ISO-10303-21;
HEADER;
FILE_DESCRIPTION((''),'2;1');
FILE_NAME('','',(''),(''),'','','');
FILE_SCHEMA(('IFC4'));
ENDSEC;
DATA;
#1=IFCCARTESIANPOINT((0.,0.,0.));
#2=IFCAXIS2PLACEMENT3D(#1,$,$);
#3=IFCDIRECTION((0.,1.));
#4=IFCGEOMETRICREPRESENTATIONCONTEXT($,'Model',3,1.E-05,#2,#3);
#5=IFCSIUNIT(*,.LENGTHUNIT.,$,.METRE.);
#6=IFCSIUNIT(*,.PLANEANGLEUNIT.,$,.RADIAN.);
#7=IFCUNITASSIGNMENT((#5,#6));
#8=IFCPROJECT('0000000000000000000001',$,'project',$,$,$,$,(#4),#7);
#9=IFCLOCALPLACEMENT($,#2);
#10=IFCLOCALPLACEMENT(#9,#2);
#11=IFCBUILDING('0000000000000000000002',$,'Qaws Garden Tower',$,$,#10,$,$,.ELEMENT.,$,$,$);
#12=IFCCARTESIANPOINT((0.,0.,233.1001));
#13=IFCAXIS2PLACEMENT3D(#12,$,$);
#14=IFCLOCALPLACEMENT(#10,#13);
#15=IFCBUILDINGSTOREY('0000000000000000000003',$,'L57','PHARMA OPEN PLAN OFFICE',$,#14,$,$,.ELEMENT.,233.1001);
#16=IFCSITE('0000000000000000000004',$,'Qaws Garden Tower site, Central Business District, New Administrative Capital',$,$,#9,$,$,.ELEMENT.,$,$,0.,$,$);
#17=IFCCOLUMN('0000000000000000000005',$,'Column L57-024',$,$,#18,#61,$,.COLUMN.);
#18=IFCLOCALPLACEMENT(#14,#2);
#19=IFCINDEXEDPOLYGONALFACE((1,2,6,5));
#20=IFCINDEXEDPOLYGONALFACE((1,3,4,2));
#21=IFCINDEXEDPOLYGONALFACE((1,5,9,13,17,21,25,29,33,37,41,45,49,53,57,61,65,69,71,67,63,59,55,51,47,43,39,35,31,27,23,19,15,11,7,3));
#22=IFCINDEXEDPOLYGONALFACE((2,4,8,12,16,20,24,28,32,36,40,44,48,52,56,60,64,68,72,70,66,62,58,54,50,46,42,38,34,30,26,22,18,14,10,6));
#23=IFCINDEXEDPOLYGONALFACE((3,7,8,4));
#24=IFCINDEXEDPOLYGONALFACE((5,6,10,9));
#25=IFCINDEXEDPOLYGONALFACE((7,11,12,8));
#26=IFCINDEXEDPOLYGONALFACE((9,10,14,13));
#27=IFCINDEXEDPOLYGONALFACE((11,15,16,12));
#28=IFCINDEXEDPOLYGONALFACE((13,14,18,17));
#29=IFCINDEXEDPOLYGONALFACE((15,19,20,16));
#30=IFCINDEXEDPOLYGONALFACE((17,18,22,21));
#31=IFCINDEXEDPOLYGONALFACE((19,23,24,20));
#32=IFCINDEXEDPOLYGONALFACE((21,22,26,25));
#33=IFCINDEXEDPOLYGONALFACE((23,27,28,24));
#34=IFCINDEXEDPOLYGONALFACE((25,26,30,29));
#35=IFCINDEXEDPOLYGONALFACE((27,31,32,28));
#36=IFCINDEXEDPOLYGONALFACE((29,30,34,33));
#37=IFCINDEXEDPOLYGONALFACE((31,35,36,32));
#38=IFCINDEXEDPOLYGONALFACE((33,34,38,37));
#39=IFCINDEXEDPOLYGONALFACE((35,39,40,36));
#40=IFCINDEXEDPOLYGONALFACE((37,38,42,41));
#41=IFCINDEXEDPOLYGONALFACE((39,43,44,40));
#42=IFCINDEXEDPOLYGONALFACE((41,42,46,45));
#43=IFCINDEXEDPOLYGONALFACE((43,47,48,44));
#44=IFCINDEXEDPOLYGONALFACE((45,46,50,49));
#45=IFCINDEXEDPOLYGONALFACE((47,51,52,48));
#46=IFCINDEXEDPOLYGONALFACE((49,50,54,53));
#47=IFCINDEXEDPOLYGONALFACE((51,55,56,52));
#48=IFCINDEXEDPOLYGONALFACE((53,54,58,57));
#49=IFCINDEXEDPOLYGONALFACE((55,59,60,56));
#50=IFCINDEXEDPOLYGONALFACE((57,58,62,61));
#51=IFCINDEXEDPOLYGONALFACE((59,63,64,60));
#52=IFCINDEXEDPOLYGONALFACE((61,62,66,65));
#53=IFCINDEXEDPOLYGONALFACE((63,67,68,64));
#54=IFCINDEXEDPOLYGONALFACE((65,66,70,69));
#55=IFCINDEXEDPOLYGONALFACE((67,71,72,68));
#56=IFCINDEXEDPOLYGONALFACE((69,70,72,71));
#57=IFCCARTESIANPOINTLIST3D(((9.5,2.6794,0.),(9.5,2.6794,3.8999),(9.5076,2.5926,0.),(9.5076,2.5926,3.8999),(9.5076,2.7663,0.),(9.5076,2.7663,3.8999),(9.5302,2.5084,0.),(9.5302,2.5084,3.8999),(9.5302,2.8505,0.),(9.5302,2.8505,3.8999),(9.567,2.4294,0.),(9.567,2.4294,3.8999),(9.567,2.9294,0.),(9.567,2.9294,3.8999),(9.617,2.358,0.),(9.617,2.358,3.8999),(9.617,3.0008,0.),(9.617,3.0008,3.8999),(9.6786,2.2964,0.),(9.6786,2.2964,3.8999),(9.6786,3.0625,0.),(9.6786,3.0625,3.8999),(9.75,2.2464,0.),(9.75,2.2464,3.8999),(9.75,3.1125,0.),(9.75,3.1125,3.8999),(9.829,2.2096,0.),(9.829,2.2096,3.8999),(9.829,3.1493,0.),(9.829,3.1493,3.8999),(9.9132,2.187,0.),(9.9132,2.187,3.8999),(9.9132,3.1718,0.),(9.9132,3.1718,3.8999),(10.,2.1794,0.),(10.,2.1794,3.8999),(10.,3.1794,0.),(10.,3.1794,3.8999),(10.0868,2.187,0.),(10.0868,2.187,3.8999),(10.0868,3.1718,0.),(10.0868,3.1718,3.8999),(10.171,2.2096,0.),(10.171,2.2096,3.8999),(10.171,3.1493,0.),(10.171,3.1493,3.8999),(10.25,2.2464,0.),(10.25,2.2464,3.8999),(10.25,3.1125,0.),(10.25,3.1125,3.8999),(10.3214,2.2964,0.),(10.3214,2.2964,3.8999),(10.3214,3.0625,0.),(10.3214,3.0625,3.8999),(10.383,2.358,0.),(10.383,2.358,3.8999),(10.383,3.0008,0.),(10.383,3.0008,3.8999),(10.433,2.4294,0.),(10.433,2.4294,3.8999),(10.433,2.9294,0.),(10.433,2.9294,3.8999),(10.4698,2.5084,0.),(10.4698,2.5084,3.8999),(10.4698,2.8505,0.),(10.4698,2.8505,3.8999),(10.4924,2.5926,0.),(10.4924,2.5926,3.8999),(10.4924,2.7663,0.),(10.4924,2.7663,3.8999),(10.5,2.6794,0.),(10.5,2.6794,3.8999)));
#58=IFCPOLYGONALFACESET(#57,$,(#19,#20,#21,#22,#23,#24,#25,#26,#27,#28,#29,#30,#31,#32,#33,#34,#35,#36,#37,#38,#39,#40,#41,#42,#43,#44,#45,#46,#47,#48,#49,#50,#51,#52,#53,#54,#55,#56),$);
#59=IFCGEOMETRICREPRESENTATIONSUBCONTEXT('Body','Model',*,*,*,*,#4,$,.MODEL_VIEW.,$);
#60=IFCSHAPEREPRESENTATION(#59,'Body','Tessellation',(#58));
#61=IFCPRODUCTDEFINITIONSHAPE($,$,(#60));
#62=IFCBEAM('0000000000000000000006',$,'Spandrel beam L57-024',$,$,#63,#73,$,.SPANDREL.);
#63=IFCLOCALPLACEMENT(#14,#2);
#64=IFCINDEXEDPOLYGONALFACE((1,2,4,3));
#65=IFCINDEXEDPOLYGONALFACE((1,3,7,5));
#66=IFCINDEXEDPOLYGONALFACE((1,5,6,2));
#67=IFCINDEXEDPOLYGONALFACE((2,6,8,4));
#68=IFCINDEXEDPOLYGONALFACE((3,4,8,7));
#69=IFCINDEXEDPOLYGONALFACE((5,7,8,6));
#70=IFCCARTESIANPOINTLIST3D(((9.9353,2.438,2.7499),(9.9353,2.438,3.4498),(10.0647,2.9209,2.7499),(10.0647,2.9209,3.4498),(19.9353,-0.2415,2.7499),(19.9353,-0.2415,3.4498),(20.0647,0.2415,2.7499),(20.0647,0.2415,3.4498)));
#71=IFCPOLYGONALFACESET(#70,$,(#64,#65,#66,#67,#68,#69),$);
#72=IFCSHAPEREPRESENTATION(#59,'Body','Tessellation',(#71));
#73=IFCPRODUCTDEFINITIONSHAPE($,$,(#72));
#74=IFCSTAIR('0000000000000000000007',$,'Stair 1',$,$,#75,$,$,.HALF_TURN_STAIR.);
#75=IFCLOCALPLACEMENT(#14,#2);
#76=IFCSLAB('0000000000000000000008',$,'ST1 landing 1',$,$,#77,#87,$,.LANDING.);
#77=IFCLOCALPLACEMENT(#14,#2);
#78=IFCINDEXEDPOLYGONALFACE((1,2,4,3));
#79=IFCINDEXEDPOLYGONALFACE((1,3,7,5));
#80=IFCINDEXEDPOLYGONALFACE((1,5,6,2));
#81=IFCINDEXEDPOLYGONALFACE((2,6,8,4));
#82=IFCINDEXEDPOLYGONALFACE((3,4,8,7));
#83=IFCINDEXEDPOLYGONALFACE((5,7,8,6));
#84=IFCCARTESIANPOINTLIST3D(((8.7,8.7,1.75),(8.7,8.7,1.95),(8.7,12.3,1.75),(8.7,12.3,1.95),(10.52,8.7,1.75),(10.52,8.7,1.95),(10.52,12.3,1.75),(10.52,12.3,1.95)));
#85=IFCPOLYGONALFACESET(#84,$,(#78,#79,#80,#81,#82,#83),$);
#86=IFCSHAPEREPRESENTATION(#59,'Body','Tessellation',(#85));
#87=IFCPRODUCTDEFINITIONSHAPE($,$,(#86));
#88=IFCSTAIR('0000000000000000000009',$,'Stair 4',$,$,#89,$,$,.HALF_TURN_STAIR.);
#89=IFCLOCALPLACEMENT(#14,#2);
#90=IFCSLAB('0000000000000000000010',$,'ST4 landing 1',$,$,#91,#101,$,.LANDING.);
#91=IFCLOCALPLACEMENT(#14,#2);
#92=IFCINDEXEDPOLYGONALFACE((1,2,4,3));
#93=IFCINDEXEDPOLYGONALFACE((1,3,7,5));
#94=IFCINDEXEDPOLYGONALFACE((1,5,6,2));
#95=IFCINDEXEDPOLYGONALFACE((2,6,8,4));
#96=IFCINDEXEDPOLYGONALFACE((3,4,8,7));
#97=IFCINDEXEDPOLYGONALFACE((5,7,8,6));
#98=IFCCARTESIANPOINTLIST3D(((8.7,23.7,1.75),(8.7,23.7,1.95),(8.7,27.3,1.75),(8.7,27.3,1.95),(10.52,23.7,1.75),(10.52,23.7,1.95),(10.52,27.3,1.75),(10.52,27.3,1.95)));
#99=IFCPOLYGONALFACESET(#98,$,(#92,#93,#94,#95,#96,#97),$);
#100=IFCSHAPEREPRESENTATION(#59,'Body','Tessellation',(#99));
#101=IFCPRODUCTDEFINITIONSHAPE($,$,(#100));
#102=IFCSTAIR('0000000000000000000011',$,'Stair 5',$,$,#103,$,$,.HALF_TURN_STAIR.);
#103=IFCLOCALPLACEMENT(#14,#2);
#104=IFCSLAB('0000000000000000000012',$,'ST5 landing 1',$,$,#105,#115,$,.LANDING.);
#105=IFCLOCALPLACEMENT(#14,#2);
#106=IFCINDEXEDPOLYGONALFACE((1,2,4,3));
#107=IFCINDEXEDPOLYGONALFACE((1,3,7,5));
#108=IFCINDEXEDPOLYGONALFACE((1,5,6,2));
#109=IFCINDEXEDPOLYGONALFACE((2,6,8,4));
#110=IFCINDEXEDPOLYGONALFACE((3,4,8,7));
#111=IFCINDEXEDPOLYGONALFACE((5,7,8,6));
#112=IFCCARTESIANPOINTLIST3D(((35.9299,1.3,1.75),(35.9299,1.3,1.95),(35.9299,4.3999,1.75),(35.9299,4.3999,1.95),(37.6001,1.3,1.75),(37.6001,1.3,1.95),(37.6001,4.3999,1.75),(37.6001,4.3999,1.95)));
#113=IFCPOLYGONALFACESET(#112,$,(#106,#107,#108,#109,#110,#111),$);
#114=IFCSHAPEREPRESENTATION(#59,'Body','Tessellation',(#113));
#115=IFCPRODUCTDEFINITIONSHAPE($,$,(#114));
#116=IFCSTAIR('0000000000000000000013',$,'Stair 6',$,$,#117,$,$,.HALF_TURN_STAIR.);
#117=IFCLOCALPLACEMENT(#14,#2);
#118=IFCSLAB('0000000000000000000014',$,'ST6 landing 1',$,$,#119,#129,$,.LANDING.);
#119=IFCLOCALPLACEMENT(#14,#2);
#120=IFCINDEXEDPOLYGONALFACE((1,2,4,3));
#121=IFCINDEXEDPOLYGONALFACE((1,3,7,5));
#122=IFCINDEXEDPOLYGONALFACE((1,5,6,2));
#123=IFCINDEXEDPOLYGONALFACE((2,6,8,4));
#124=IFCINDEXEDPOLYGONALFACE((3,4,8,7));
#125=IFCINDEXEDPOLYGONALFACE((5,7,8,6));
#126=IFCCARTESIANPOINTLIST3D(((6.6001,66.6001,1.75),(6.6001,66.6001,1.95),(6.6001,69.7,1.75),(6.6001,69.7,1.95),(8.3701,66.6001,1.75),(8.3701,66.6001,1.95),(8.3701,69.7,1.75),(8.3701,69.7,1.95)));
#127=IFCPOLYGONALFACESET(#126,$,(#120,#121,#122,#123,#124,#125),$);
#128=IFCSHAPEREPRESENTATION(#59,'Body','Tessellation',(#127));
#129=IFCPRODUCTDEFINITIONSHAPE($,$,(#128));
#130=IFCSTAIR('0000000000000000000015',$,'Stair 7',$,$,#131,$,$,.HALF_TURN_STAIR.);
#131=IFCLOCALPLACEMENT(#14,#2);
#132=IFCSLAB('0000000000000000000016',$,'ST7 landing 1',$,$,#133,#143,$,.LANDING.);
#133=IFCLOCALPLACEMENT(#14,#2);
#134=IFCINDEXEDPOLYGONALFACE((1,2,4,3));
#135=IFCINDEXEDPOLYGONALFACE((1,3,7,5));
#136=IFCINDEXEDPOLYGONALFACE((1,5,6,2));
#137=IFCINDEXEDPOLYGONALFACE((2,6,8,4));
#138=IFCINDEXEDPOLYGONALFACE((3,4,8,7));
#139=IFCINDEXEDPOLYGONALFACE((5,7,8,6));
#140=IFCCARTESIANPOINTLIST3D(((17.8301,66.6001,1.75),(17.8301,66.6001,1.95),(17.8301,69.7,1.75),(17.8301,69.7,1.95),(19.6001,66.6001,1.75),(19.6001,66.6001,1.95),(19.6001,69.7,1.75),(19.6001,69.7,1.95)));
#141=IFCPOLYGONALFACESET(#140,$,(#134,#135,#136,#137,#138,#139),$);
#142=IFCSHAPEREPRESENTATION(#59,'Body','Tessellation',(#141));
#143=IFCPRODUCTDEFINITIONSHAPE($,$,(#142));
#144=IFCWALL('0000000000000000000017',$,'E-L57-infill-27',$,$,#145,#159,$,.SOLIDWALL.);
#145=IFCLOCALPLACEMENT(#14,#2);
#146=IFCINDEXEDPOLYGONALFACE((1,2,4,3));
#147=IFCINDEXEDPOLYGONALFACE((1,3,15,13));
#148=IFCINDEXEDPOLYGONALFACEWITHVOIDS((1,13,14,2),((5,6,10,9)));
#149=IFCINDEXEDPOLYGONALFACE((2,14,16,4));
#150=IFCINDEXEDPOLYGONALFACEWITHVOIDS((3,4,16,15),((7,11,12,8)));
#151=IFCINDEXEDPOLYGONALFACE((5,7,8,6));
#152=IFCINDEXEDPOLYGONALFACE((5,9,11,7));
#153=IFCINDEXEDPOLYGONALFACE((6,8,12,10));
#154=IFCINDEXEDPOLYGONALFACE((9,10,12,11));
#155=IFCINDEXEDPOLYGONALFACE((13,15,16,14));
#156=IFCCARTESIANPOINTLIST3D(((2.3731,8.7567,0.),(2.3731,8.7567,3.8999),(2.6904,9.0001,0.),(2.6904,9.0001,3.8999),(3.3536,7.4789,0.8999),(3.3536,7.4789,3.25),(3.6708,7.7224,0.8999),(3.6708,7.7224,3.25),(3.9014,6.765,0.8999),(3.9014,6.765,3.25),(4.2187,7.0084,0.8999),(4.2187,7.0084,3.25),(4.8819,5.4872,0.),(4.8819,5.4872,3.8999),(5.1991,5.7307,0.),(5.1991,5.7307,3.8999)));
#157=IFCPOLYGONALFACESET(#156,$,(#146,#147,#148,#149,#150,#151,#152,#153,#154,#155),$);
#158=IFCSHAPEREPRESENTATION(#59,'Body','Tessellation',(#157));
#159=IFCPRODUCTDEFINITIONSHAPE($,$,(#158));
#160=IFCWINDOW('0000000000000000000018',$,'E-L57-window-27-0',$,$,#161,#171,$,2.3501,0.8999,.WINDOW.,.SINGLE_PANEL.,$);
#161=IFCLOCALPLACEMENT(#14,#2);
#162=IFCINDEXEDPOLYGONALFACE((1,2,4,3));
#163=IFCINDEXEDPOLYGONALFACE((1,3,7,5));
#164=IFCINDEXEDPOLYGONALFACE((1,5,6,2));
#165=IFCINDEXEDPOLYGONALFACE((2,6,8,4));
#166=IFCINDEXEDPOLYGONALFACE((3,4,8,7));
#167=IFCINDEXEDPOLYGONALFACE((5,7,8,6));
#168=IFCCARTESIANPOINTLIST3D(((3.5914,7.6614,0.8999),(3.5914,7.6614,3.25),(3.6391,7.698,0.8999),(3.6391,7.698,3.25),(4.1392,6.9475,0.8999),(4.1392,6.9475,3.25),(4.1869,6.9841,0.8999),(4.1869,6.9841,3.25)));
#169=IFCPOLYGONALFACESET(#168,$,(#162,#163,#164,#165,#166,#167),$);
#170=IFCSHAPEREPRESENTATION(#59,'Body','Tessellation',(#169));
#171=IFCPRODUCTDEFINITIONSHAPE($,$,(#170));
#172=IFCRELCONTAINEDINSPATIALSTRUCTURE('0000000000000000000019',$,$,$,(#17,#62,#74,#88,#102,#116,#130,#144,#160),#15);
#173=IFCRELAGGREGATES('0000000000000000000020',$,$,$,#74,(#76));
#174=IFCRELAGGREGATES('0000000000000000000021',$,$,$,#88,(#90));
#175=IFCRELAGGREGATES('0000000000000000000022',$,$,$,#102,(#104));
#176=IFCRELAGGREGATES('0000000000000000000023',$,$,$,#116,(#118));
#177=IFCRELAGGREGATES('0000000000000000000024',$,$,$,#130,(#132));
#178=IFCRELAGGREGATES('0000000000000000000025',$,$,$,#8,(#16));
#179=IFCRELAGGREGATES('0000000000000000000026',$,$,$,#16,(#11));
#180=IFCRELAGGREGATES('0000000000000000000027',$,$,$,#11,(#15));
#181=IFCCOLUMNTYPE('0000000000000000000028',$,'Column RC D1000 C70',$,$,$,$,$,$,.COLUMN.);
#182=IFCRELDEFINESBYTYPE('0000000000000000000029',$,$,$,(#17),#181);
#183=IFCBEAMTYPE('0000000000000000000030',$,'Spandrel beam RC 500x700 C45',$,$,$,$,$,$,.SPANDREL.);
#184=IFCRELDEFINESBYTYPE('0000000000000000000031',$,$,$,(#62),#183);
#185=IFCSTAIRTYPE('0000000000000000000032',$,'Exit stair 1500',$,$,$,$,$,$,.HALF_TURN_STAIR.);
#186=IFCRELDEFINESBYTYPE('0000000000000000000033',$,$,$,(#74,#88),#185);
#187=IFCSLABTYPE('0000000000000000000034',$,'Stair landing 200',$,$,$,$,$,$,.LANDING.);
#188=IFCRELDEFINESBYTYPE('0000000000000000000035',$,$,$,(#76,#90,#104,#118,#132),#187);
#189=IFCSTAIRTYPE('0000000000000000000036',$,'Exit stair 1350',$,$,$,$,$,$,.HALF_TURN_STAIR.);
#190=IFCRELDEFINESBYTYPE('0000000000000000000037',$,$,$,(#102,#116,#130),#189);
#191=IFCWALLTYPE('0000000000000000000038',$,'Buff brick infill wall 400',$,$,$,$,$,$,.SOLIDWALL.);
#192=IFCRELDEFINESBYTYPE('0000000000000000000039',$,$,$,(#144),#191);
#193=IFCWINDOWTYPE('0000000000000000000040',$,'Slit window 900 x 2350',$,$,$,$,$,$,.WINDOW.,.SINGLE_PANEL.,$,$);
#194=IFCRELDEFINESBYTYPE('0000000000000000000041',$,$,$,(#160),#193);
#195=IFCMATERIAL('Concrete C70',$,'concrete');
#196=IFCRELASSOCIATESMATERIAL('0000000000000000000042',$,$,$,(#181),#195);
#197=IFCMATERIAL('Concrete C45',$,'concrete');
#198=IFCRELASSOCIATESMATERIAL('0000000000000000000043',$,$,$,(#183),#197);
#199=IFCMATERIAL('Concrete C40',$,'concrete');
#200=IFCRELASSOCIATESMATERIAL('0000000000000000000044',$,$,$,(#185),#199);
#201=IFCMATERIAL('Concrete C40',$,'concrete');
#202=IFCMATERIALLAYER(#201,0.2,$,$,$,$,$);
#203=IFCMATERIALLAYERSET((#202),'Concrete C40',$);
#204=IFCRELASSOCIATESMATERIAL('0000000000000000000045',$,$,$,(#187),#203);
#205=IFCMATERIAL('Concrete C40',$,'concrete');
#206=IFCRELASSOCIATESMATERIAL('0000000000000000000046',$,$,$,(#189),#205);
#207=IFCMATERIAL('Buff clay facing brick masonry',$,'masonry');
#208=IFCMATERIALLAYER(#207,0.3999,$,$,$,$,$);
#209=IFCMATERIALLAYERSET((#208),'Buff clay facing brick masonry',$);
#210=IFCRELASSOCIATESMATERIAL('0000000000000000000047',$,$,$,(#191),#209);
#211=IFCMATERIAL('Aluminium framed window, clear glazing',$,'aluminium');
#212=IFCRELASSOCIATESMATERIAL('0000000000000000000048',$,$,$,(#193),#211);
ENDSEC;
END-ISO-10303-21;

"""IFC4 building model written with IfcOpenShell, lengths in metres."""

from ifc_helpers import new_model, si_unit, direction, frame, frame_2d, origin, origin_2d, place, context, subcontext, project, spatial, polyline, rectangle, circle, outline, extrude, material, layer, layer_set, material_profile, profile_set, type_object, element, fill, aggregate, save


model = new_model("IFC4")

# Units and contexts
model_context = context("Model", 3, precision=1e-05, world=origin(), true_north=direction((0.0, 1.0)))
body_context = subcontext(model_context, "Body", "Model", "MODEL_VIEW")
ifc_project = project(units=[si_unit("LENGTHUNIT", "METRE"), si_unit("PLANEANGLEUNIT", "RADIAN")], contexts=[model_context])

# Site, building, storey
site_placement = place(None, origin())
site = spatial("IfcSite", under=ifc_project, at=site_placement, Name="Qaws Garden Tower site, Central Business District, New Administrative Capital", CompositionType="ELEMENT", RefElevation=0.0)
building_placement = place(site_placement, origin())
building = spatial("IfcBuilding", under=site, at=building_placement, Name="Qaws Garden Tower", CompositionType="ELEMENT")
storey_placement = place(building_placement, frame((0.0, 0.0, 233.1001)))
storey = spatial("IfcBuildingStorey", under=building, at=storey_placement, Name="L57", Description="PHARMA OPEN PLAN OFFICE", CompositionType="ELEMENT", Elevation=233.1001)

# Column
ifc_material_1 = material(Name="Concrete C70", Category="concrete")
ifc_material_profile_1 = material_profile(ifc_material_1, circle(Radius=0.5, at=origin_2d()), Name="RC D1000")
ifc_profile_set_1 = profile_set([ifc_material_profile_1], Name="Concrete C70")
column_type = type_object("IfcColumnType", Name="Column RC D1000 C70", PredefinedType="COLUMN", material=ifc_profile_set_1)
column_placement = place(storey_placement, frame((10.0, 2.6794, 0.0), z_axis=(0.0, 0.0, 1.0), x_axis=(1.0, 0.0, 0.0)))
element("IfcColumn", 1, at=column_placement, inside=storey, type_object=column_type, Name="Column L57-024", PredefinedType="COLUMN", context=body_context, shape_type="SweptSolid", body=[
    extrude(circle(Radius=0.5, at=origin_2d()), origin(), (0.0, 0.0, 1.0), 3.8999),
])

# Beam
ifc_material_2 = material(Name="Concrete C45", Category="concrete")
ifc_material_profile_2 = material_profile(ifc_material_2, rectangle(XDim=0.5, YDim=0.7, at=origin_2d()), Name="RC 500x700")
ifc_profile_set_2 = profile_set([ifc_material_profile_2], Name="Concrete C45")
beam_type = type_object("IfcBeamType", Name="Spandrel beam RC 500x700 C45", PredefinedType="SPANDREL", material=ifc_profile_set_2)
beam_placement = place(storey_placement, frame((10.0, 2.6794, 3.0999), z_axis=(0.965927, -0.258815, 0.0), x_axis=(0.258815, 0.965927, 0.0)))
element("IfcBeam", 2, at=beam_placement, inside=storey, type_object=beam_type, Name="Spandrel beam L57-024", PredefinedType="SPANDREL", context=body_context, shape_type="SweptSolid", body=[
    extrude(rectangle(XDim=0.5, YDim=0.7, at=origin_2d()), origin(), (0.0, 0.0, 1.0), 10.3528),
])

# Stairs, slabs
ifc_material_3 = material(Name="Concrete C40", Category="concrete")
stair_type_1 = type_object("IfcStairType", Name="Exit stair 1500", PredefinedType="HALF_TURN_STAIR", material=ifc_material_3)
placement_1 = place(storey_placement, origin())
stair_1 = element("IfcStair", 3, at=placement_1, inside=storey, type_object=stair_type_1, Name="Stair 1", PredefinedType="HALF_TURN_STAIR")
ifc_material_4 = material(Name="Concrete C40", Category="concrete")
ifc_layer_1 = layer(ifc_material_4, 0.2)
ifc_layer_set_1 = layer_set([ifc_layer_1], Name="Concrete C40")
slab_type = type_object("IfcSlabType", Name="Stair landing 200", PredefinedType="LANDING", material=ifc_layer_set_1)
placement_2 = place(storey_placement, frame((0.0, 0.0, 1.75)))
slab_1 = element("IfcSlab", 4, at=placement_2, type_object=slab_type, Name="ST1 landing 1", PredefinedType="LANDING", context=body_context, shape_type="SweptSolid", body=[
    extrude(outline(polyline([(8.7, 8.7), (10.52, 8.7), (10.52, 12.3), (8.7, 12.3), (8.7, 8.7)])), origin(), (0.0, 0.0, 1.0), 0.2),
])
aggregate(stair_1, [slab_1])
stair_2 = element("IfcStair", 5, at=placement_1, inside=storey, type_object=stair_type_1, Name="Stair 4", PredefinedType="HALF_TURN_STAIR")
slab_2 = element("IfcSlab", 6, at=placement_2, type_object=slab_type, Name="ST4 landing 1", PredefinedType="LANDING", context=body_context, shape_type="SweptSolid", body=[
    extrude(outline(polyline([(8.7, 23.7), (10.52, 23.7), (10.52, 27.3), (8.7, 27.3), (8.7, 23.7)])), origin(), (0.0, 0.0, 1.0), 0.2),
])
aggregate(stair_2, [slab_2])
ifc_material_5 = material(Name="Concrete C40", Category="concrete")
stair_type_2 = type_object("IfcStairType", Name="Exit stair 1350", PredefinedType="HALF_TURN_STAIR", material=ifc_material_5)
stair_3 = element("IfcStair", 7, at=placement_1, inside=storey, type_object=stair_type_2, Name="Stair 5", PredefinedType="HALF_TURN_STAIR")
slab_3 = element("IfcSlab", 8, at=placement_2, type_object=slab_type, Name="ST5 landing 1", PredefinedType="LANDING", context=body_context, shape_type="SweptSolid", body=[
    extrude(outline(polyline([(35.9299, 1.3), (37.6001, 1.3), (37.6001, 4.3999), (35.9299, 4.3999), (35.9299, 1.3)])), origin(), (0.0, 0.0, 1.0), 0.2),
])
aggregate(stair_3, [slab_3])
stair_4 = element("IfcStair", 9, at=placement_1, inside=storey, type_object=stair_type_2, Name="Stair 6", PredefinedType="HALF_TURN_STAIR")
slab_4 = element("IfcSlab", 10, at=placement_2, type_object=slab_type, Name="ST6 landing 1", PredefinedType="LANDING", context=body_context, shape_type="SweptSolid", body=[
    extrude(outline(polyline([(6.6001, 66.6001), (8.3701, 66.6001), (8.3701, 69.7), (6.6001, 69.7), (6.6001, 66.6001)])), origin(), (0.0, 0.0, 1.0), 0.2),
])
aggregate(stair_4, [slab_4])
stair_5 = element("IfcStair", 11, at=placement_1, inside=storey, type_object=stair_type_2, Name="Stair 7", PredefinedType="HALF_TURN_STAIR")
slab_5 = element("IfcSlab", 12, at=placement_2, type_object=slab_type, Name="ST7 landing 1", PredefinedType="LANDING", context=body_context, shape_type="SweptSolid", body=[
    extrude(outline(polyline([(17.8301, 66.6001), (19.6001, 66.6001), (19.6001, 69.7), (17.8301, 69.7), (17.8301, 66.6001)])), origin(), (0.0, 0.0, 1.0), 0.2),
])
aggregate(stair_5, [slab_5])

# Wall, opening, window
ifc_material_6 = material(Name="Buff clay facing brick masonry", Category="masonry")
ifc_layer_2 = layer(ifc_material_6, 0.3999)
ifc_layer_set_2 = layer_set([ifc_layer_2], Name="Buff clay facing brick masonry")
wall_type_1 = type_object("IfcWallType", Name="Buff brick infill wall 400", PredefinedType="SOLIDWALL", material=ifc_layer_set_2)
wall_1_placement = place(storey_placement, frame((2.5317, 8.8784, 0.0), z_axis=(0.0, 0.0, 1.0), x_axis=(0.60876, -0.793355, 0.0)))
wall_1 = element("IfcWall", 13, at=wall_1_placement, inside=storey, type_object=wall_type_1, Name="E-L57-infill-27", PredefinedType="SOLIDWALL", context=body_context, shape_type="SweptSolid", body=[
    extrude(rectangle(XDim=4.1211, YDim=0.3999, at=frame_2d((2.0605, 0.0))), origin(), (0.0, 0.0, 1.0), 3.8999),
])
opening_1_placement = place(wall_1_placement, frame((1.6106, 0.0, 0.8999)))
opening_1 = element("IfcOpeningElement", 14, at=opening_1_placement, cuts=wall_1, PredefinedType="OPENING", context=body_context, shape_type="SweptSolid", body=[
    extrude(rectangle(XDim=0.8999, YDim=2.3501, at=frame_2d((0.45, 1.175))), frame((0.0, 0.21, 0.0), z_axis=(0.0, -1.0, 0.0), x_axis=(1.0, 0.0, 0.0)), (0.0, 0.0, 1.0), 0.4199),
])
ifc_material_7 = material(Name="Aluminium framed window, clear glazing", Category="aluminium")
window_type = type_object("IfcWindowType", Name="Slit window 900 x 2350", PartitioningType="SINGLE_PANEL", PredefinedType="WINDOW", material=ifc_material_7)
window_1_placement = place(opening_1_placement, origin())
window_1 = element("IfcWindow", 15, at=window_1_placement, inside=storey, type_object=window_type, Name="E-L57-window-27-0", OverallHeight=2.3501, OverallWidth=0.8999, PartitioningType="SINGLE_PANEL", PredefinedType="WINDOW", context=body_context, shape_type="SweptSolid", body=[
    extrude(rectangle(XDim=0.8999, YDim=2.3501, at=frame_2d((0.45, 1.175))), frame((0.0, 0.1599, 0.0), z_axis=(0.0, -1.0, 0.0), x_axis=(1.0, 0.0, 0.0)), (0.0, 0.0, 1.0), 0.0601),
])
fill(opening_1, window_1)

save(model, "model.ifc")
